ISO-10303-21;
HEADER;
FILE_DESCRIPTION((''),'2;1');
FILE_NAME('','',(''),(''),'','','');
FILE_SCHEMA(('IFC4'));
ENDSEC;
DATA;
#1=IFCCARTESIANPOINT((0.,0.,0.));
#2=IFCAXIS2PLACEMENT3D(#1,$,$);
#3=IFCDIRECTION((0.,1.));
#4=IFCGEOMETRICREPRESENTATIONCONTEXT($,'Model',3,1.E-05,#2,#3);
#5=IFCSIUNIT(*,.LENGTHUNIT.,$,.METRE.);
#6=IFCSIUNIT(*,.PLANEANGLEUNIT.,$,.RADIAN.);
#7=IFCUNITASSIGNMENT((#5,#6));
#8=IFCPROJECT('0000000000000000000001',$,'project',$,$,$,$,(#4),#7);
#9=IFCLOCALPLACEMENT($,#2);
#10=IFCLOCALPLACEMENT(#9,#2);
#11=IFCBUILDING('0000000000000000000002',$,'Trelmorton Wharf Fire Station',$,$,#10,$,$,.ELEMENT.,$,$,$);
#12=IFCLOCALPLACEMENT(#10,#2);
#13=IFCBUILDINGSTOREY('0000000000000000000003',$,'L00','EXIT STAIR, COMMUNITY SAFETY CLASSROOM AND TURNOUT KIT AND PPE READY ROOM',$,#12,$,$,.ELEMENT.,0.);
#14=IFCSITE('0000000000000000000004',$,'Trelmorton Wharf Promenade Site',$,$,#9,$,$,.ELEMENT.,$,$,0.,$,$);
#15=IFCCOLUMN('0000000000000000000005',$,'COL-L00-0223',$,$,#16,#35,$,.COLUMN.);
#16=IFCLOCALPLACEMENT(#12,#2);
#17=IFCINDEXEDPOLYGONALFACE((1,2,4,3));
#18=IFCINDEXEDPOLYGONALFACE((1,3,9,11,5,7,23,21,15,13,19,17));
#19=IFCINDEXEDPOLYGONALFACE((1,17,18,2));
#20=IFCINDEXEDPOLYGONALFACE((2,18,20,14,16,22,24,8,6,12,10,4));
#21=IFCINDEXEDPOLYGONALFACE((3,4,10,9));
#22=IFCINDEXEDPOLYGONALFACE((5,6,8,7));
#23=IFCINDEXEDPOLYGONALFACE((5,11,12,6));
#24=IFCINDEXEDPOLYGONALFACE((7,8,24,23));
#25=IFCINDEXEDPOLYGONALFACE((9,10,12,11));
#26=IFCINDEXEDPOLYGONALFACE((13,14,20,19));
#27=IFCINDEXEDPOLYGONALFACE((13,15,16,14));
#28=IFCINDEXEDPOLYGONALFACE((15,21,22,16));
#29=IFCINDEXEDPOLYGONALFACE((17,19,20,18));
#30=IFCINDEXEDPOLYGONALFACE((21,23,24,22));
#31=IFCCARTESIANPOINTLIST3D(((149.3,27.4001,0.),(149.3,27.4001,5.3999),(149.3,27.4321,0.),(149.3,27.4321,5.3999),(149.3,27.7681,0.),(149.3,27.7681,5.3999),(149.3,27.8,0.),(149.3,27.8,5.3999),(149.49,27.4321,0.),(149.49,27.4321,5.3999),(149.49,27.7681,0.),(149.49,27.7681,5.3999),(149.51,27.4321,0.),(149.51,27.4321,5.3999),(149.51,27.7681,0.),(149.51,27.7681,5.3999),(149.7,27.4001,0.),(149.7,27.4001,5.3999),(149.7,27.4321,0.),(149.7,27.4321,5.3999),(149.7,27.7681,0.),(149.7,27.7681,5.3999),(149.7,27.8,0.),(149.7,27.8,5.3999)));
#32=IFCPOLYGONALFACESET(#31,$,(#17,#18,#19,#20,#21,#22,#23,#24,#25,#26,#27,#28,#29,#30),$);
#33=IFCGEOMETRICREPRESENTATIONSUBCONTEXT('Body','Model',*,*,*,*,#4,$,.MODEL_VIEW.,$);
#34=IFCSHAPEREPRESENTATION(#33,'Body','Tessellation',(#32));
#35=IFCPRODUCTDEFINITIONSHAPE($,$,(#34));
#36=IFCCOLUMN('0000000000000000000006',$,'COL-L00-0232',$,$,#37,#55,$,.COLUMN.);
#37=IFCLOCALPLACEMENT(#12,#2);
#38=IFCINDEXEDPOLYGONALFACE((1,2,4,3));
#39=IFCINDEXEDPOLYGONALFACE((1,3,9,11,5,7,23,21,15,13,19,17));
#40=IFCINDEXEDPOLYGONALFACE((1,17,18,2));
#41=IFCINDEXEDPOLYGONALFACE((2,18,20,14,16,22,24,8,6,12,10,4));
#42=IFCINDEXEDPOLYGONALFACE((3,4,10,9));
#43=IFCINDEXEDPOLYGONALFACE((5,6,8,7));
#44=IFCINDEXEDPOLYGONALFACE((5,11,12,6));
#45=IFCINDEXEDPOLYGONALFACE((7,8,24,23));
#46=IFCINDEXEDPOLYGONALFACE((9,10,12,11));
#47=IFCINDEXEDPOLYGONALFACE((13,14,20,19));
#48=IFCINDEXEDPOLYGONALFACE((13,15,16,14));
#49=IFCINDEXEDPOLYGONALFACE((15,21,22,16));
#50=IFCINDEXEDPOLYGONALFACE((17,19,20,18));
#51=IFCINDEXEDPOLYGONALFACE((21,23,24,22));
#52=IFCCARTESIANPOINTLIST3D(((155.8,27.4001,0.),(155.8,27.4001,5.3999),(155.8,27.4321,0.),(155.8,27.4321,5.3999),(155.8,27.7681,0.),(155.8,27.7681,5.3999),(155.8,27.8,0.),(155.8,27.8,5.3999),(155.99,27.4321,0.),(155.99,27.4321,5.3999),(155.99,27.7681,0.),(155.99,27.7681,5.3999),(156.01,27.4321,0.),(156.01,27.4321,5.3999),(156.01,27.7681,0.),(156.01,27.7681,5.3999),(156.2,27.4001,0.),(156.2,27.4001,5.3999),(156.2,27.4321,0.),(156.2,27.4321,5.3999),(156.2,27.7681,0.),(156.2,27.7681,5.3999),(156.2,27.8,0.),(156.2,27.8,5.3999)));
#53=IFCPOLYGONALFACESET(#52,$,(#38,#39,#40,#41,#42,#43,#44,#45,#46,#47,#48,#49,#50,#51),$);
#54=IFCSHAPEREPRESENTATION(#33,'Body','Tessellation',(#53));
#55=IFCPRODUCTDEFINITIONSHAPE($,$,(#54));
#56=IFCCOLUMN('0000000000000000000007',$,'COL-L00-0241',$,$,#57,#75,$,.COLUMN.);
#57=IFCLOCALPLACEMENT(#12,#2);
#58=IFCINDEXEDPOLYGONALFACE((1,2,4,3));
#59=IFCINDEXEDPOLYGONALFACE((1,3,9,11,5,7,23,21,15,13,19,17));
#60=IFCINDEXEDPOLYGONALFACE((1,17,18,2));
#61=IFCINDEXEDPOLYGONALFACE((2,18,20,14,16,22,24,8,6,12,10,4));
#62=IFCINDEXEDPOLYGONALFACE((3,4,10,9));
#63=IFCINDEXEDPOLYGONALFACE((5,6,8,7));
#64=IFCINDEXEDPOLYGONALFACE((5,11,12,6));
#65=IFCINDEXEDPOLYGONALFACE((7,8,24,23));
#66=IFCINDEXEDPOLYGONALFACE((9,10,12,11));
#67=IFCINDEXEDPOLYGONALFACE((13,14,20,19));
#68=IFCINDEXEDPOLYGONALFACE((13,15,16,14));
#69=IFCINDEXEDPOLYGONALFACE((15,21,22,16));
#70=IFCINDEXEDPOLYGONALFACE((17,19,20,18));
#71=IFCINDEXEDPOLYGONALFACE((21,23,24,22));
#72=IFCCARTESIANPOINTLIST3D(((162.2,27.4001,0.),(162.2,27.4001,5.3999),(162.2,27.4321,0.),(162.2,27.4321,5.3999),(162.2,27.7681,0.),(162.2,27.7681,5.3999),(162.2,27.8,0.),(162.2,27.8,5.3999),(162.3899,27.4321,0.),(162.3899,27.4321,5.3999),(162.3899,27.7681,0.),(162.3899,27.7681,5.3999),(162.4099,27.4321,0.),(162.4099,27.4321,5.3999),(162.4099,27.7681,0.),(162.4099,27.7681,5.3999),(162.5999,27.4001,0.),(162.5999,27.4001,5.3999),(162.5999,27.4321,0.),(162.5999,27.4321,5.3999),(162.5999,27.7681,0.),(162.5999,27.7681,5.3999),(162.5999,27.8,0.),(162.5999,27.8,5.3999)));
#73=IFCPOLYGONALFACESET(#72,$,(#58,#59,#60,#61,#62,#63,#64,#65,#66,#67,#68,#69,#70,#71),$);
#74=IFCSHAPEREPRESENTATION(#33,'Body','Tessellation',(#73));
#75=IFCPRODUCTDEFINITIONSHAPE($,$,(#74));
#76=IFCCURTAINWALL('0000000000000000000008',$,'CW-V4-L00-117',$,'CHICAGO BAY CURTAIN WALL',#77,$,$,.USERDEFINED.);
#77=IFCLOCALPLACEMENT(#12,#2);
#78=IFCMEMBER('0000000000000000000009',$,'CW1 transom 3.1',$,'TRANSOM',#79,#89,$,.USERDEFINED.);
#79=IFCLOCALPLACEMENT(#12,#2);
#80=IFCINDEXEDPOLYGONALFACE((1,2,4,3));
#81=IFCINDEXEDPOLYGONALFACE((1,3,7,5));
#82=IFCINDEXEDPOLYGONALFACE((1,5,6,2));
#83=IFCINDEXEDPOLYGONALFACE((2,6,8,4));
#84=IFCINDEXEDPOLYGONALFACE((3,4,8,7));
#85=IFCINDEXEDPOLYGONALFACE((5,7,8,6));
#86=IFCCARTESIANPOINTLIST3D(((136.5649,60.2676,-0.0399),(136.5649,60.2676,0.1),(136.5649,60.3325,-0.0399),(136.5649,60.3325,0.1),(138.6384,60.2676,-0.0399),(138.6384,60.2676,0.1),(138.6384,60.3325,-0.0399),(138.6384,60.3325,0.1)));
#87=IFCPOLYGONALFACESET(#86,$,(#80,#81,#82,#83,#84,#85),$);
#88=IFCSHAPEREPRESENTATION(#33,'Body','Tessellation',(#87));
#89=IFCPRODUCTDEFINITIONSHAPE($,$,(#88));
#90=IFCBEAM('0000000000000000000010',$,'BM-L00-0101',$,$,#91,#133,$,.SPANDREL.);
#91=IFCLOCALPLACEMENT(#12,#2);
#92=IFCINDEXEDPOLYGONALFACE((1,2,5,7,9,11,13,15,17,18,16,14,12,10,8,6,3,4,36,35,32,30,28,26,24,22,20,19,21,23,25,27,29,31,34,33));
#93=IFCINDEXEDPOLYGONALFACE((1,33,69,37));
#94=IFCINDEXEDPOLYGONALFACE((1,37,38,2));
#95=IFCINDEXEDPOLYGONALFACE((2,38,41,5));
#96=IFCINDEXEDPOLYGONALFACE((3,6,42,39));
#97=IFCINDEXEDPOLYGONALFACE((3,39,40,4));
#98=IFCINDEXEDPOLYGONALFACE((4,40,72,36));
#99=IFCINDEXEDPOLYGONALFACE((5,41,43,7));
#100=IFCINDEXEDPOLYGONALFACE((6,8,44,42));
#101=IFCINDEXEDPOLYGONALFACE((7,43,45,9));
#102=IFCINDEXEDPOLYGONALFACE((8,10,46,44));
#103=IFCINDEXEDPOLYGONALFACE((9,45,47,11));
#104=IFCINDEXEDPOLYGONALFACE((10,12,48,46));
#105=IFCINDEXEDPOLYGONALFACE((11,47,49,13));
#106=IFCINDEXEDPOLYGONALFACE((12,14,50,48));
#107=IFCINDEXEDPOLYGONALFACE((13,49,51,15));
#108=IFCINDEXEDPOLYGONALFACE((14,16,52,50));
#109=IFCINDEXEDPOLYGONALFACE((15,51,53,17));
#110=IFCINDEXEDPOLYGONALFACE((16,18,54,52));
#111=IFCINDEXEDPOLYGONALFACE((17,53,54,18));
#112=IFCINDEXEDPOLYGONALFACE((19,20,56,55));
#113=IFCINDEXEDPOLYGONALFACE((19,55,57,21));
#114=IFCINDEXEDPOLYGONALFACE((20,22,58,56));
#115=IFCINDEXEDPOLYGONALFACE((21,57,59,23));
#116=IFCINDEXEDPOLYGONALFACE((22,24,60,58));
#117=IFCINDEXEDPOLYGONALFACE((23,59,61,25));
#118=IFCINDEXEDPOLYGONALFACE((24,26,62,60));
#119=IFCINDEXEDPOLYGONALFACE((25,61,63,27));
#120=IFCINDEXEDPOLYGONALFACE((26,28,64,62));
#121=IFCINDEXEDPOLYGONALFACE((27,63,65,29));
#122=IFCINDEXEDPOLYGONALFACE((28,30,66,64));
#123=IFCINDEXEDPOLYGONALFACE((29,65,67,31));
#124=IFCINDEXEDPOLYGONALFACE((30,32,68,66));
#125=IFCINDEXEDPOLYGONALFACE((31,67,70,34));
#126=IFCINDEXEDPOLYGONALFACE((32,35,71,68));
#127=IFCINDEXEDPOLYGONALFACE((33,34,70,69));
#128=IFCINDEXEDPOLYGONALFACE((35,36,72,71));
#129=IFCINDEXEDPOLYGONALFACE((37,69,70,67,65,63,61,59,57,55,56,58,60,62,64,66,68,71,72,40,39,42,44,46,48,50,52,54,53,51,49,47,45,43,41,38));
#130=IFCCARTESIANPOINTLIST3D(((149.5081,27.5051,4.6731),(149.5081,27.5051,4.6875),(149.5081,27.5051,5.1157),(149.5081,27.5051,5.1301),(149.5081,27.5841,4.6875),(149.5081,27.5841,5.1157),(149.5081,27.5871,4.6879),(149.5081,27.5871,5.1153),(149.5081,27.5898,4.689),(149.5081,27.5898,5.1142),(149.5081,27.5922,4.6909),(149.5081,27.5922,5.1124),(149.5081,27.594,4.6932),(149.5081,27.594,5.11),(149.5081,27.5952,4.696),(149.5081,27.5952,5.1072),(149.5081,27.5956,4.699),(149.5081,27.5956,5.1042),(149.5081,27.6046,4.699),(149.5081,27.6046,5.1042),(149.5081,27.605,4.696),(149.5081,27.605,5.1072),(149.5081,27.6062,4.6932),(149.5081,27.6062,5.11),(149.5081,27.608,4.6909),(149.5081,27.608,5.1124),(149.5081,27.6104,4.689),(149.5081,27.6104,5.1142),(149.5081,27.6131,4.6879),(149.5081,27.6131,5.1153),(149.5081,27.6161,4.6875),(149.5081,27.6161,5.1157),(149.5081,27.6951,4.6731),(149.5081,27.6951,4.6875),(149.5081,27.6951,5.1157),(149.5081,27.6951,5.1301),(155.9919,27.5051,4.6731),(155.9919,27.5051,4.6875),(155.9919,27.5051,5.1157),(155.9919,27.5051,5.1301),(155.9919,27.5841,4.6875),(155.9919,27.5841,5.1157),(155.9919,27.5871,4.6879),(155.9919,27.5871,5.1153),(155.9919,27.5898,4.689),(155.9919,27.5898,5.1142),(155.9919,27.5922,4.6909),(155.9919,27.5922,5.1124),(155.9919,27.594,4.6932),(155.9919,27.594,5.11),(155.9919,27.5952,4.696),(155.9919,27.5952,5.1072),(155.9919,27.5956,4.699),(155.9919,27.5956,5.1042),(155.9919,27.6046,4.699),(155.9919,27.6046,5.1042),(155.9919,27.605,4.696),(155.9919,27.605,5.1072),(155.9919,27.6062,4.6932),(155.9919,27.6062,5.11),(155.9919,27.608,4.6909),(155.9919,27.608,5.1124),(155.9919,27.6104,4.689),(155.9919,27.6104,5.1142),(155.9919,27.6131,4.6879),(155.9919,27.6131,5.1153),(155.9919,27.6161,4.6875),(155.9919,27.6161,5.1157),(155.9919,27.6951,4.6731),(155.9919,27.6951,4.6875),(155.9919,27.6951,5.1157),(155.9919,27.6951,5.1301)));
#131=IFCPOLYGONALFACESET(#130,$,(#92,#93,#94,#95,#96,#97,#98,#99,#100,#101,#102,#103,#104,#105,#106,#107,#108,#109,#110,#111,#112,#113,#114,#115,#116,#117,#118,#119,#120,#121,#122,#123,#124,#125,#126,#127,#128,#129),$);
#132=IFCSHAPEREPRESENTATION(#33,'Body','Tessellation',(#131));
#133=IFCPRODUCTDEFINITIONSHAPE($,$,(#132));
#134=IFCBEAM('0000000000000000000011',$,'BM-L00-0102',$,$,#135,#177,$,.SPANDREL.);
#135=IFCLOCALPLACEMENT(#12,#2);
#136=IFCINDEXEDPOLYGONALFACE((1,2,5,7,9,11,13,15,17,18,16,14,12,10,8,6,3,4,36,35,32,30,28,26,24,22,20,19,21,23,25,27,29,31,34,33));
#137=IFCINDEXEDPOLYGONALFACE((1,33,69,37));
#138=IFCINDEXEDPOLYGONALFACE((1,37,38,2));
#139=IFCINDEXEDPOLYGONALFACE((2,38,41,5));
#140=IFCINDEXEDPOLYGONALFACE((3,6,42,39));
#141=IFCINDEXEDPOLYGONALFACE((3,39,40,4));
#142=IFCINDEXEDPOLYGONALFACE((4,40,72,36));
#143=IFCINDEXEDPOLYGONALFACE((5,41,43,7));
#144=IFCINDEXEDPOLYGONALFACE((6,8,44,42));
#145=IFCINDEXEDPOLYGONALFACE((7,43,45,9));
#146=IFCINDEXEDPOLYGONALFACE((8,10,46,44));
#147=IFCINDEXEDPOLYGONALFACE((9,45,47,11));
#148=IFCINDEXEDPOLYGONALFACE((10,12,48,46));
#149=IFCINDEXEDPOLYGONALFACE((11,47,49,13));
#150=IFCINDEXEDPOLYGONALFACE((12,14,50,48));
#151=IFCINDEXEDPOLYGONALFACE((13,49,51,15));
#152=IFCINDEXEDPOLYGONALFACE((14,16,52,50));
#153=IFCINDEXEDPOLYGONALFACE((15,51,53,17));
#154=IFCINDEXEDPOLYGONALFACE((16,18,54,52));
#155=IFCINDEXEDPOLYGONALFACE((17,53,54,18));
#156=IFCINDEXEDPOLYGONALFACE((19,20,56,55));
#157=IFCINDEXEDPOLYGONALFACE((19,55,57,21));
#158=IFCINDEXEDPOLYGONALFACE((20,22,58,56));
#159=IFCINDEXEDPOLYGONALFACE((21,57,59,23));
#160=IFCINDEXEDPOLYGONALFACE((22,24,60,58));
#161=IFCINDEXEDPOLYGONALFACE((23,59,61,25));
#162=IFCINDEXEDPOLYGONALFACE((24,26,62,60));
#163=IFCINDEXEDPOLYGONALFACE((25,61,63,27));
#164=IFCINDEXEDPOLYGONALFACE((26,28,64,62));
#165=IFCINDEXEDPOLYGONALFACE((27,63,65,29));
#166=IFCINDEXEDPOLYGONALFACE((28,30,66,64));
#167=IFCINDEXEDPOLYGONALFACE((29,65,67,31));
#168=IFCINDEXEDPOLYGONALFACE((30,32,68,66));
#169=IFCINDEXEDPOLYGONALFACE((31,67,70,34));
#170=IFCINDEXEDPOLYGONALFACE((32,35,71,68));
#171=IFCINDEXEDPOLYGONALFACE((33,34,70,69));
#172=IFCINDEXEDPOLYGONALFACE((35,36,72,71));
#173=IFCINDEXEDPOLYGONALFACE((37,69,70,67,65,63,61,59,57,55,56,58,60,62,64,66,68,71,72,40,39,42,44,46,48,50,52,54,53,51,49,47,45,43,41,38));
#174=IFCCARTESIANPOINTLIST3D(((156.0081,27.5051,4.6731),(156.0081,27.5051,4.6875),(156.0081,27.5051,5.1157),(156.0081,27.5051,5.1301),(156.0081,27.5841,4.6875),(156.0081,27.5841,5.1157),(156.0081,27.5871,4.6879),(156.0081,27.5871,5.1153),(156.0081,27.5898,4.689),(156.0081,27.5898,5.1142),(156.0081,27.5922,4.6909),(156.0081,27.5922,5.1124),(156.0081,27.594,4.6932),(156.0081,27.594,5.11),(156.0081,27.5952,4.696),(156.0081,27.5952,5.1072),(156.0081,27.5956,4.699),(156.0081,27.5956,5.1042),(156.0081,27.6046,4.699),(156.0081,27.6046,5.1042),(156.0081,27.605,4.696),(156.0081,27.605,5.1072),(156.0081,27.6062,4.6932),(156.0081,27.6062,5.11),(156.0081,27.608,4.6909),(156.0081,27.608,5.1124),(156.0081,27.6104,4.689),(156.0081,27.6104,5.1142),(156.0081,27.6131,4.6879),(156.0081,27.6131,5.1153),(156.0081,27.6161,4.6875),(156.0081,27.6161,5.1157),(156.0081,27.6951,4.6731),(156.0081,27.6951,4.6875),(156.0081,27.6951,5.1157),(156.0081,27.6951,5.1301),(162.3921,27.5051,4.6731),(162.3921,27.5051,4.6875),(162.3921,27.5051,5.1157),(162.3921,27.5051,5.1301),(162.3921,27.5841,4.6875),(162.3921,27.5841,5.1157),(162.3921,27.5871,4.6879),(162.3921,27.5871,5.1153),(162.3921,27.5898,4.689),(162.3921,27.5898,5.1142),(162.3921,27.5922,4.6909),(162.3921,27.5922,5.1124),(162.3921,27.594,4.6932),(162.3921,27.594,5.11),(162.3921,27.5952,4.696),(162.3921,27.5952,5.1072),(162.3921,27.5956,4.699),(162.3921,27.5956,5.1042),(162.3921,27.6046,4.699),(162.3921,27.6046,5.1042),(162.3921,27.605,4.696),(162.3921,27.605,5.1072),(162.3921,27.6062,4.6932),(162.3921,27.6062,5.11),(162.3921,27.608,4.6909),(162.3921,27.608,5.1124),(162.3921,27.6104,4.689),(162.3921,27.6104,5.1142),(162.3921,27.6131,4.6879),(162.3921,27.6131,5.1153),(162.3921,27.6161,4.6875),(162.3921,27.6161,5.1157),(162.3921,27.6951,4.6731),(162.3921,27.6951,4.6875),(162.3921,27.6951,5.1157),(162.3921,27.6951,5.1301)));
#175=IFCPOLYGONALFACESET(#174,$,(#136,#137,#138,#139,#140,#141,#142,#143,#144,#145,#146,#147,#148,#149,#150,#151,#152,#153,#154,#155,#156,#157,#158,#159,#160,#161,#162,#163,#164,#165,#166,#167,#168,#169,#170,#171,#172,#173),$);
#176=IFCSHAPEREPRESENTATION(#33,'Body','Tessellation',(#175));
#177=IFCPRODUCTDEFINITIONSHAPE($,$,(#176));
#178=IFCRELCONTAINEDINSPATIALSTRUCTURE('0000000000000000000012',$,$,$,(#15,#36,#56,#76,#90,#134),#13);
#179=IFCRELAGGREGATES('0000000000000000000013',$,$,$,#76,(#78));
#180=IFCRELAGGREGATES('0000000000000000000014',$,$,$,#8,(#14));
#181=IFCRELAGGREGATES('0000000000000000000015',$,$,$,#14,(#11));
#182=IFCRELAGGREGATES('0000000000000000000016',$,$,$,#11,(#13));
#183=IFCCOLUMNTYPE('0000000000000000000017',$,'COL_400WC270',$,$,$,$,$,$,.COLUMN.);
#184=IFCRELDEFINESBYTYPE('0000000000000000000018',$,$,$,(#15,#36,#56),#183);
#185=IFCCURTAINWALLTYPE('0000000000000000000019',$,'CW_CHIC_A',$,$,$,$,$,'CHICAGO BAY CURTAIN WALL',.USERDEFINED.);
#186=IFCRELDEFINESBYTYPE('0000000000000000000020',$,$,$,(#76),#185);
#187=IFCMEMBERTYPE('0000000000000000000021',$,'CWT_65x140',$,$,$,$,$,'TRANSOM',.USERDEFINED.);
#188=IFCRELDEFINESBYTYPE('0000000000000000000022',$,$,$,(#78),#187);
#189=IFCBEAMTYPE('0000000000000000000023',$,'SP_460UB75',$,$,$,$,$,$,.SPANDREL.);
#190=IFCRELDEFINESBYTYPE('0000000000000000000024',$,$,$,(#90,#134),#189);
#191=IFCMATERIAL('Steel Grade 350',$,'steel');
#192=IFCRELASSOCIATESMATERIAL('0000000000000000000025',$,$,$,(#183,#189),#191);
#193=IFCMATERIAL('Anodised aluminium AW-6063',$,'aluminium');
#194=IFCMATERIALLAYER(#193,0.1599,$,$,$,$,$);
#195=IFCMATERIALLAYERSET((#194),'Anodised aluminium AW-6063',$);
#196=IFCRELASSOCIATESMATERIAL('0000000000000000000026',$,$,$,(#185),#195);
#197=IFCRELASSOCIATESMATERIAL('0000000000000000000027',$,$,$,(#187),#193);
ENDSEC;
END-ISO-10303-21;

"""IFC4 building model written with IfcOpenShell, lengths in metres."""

from ifc_helpers import new_model, si_unit, direction, frame, origin, origin_2d, place, context, subcontext, project, spatial, rectangle, i_section, extrude, material, layer, layer_set, material_profile, profile_set, type_object, element, aggregate, save


model = new_model("IFC4")

# Units and contexts
model_context = context("Model", 3, precision=1e-05, world=origin(), true_north=direction((0.0, 1.0)))
body_context = subcontext(model_context, "Body", "Model", "MODEL_VIEW")
ifc_project = project(units=[si_unit("LENGTHUNIT", "METRE"), si_unit("PLANEANGLEUNIT", "RADIAN")], contexts=[model_context])

# Site, building, storey
site_placement = place(None, origin())
site = spatial("IfcSite", under=ifc_project, at=site_placement, Name="Trelmorton Wharf Promenade Site", CompositionType="ELEMENT", RefElevation=0.0)
building_placement = place(site_placement, origin())
building = spatial("IfcBuilding", under=site, at=building_placement, Name="Trelmorton Wharf Fire Station", CompositionType="ELEMENT")
storey_placement = place(building_placement, origin())
storey = spatial("IfcBuildingStorey", under=building, at=storey_placement, Name="L00", Description="EXIT STAIR, COMMUNITY SAFETY CLASSROOM AND TURNOUT KIT AND PPE READY ROOM", CompositionType="ELEMENT", Elevation=0.0)

# Columns
ifc_material_1 = material(Name="Steel Grade 350", Category="steel")
ifc_material_profile_1 = material_profile(ifc_material_1, i_section(OverallWidth=0.3999, OverallDepth=0.3999, WebThickness=0.02, FlangeThickness=0.032, at=origin_2d()), Name="400WC270")
ifc_profile_set_1 = profile_set([ifc_material_profile_1], Name="Steel Grade 350")
column_type = type_object("IfcColumnType", Name="COL_400WC270", PredefinedType="COLUMN", material=ifc_profile_set_1)
for number, where, z_axis, x_axis, name in (
    (1, (149.5, 27.6001, 0.0), (0.0, 0.0, 1.0), (1.0, 0.0, 0.0), "COL-L00-0223"),
    (2, (156.0, 27.6001, 0.0), (0.0, 0.0, 1.0), (1.0, 0.0, 0.0), "COL-L00-0232"),
    (3, (162.3999, 27.6001, 0.0), (0.0, 0.0, 1.0), (1.0, 0.0, 0.0), "COL-L00-0241"),
):
    element("IfcColumn", number, at=place(storey_placement, frame(where, z_axis=z_axis, x_axis=x_axis)), inside=storey, type_object=column_type, Name=name, PredefinedType="COLUMN", context=body_context, shape_type="SweptSolid", body=[
        extrude(i_section(OverallWidth=0.3999, OverallDepth=0.3999, WebThickness=0.02, FlangeThickness=0.032, at=origin_2d()), origin(), (0.0, 0.0, 1.0), 5.3999),
    ])

# Curtain wall, member
ifc_material_2 = material(Name="Anodised aluminium AW-6063", Category="aluminium")
ifc_layer_1 = layer(ifc_material_2, 0.1599)
ifc_layer_set_1 = layer_set([ifc_layer_1], Name="Anodised aluminium AW-6063")
curtain_wall_type = type_object("IfcCurtainWallType", Name="CW_CHIC_A", ElementType="CHICAGO BAY CURTAIN WALL", PredefinedType="USERDEFINED", material=ifc_layer_set_1)
curtain_wall_placement = place(storey_placement, origin())
curtain_wall = element("IfcCurtainWall", 4, at=curtain_wall_placement, inside=storey, type_object=curtain_wall_type, Name="CW-V4-L00-117", ObjectType="CHICAGO BAY CURTAIN WALL", PredefinedType="USERDEFINED")
ifc_material_profile_2 = material_profile(ifc_material_2, rectangle(XDim=0.0649, YDim=0.1399, at=origin_2d()), Name="ALU-65x140")
ifc_profile_set_2 = profile_set([ifc_material_profile_2], Name="Anodised aluminium AW-6063")
member_type = type_object("IfcMemberType", Name="CWT_65x140", ElementType="TRANSOM", PredefinedType="USERDEFINED", material=ifc_profile_set_2)
member_placement = place(storey_placement, frame((138.6384, 60.3, 0.03), z_axis=(-1.0, 0.0, 0.0), x_axis=(0.0, -1.0, 0.0)))
member = element("IfcMember", 5, at=member_placement, type_object=member_type, Name="CW1 transom 3.1", ObjectType="TRANSOM", PredefinedType="USERDEFINED", context=body_context, shape_type="SweptSolid", body=[
    extrude(rectangle(XDim=0.0649, YDim=0.1399, at=origin_2d()), origin(), (0.0, 0.0, 1.0), 2.0735),
])
aggregate(curtain_wall, [member])

# Beams
ifc_material_profile_3 = material_profile(ifc_material_1, i_section(OverallWidth=0.1899, OverallDepth=0.457, WebThickness=0.009, FlangeThickness=0.0144, FilletRadius=0.0115, at=origin_2d()), Name="460UB74.6")
ifc_profile_set_3 = profile_set([ifc_material_profile_3], Name="Steel Grade 350")
beam_type = type_object("IfcBeamType", Name="SP_460UB75", PredefinedType="SPANDREL", material=ifc_profile_set_3)
beam_1_placement = place(storey_placement, frame((149.5081, 27.6001, 4.9016), z_axis=(1.0, 0.0, 0.0), x_axis=(0.0, 1.0, 0.0)))
element("IfcBeam", 6, at=beam_1_placement, inside=storey, type_object=beam_type, Name="BM-L00-0101", PredefinedType="SPANDREL", context=body_context, shape_type="SweptSolid", body=[
    extrude(i_section(OverallWidth=0.1899, OverallDepth=0.457, WebThickness=0.009, FlangeThickness=0.0144, FilletRadius=0.0115, at=origin_2d()), origin(), (0.0, 0.0, 1.0), 6.4839),
])
beam_2_placement = place(storey_placement, frame((156.0081, 27.6001, 4.9016), z_axis=(1.0, 0.0, 0.0), x_axis=(0.0, 1.0, 0.0)))
element("IfcBeam", 7, at=beam_2_placement, inside=storey, type_object=beam_type, Name="BM-L00-0102", PredefinedType="SPANDREL", context=body_context, shape_type="SweptSolid", body=[
    extrude(i_section(OverallWidth=0.1899, OverallDepth=0.457, WebThickness=0.009, FlangeThickness=0.0144, FilletRadius=0.0115, at=origin_2d()), origin(), (0.0, 0.0, 1.0), 6.384),
])

save(model, "model.ifc")
